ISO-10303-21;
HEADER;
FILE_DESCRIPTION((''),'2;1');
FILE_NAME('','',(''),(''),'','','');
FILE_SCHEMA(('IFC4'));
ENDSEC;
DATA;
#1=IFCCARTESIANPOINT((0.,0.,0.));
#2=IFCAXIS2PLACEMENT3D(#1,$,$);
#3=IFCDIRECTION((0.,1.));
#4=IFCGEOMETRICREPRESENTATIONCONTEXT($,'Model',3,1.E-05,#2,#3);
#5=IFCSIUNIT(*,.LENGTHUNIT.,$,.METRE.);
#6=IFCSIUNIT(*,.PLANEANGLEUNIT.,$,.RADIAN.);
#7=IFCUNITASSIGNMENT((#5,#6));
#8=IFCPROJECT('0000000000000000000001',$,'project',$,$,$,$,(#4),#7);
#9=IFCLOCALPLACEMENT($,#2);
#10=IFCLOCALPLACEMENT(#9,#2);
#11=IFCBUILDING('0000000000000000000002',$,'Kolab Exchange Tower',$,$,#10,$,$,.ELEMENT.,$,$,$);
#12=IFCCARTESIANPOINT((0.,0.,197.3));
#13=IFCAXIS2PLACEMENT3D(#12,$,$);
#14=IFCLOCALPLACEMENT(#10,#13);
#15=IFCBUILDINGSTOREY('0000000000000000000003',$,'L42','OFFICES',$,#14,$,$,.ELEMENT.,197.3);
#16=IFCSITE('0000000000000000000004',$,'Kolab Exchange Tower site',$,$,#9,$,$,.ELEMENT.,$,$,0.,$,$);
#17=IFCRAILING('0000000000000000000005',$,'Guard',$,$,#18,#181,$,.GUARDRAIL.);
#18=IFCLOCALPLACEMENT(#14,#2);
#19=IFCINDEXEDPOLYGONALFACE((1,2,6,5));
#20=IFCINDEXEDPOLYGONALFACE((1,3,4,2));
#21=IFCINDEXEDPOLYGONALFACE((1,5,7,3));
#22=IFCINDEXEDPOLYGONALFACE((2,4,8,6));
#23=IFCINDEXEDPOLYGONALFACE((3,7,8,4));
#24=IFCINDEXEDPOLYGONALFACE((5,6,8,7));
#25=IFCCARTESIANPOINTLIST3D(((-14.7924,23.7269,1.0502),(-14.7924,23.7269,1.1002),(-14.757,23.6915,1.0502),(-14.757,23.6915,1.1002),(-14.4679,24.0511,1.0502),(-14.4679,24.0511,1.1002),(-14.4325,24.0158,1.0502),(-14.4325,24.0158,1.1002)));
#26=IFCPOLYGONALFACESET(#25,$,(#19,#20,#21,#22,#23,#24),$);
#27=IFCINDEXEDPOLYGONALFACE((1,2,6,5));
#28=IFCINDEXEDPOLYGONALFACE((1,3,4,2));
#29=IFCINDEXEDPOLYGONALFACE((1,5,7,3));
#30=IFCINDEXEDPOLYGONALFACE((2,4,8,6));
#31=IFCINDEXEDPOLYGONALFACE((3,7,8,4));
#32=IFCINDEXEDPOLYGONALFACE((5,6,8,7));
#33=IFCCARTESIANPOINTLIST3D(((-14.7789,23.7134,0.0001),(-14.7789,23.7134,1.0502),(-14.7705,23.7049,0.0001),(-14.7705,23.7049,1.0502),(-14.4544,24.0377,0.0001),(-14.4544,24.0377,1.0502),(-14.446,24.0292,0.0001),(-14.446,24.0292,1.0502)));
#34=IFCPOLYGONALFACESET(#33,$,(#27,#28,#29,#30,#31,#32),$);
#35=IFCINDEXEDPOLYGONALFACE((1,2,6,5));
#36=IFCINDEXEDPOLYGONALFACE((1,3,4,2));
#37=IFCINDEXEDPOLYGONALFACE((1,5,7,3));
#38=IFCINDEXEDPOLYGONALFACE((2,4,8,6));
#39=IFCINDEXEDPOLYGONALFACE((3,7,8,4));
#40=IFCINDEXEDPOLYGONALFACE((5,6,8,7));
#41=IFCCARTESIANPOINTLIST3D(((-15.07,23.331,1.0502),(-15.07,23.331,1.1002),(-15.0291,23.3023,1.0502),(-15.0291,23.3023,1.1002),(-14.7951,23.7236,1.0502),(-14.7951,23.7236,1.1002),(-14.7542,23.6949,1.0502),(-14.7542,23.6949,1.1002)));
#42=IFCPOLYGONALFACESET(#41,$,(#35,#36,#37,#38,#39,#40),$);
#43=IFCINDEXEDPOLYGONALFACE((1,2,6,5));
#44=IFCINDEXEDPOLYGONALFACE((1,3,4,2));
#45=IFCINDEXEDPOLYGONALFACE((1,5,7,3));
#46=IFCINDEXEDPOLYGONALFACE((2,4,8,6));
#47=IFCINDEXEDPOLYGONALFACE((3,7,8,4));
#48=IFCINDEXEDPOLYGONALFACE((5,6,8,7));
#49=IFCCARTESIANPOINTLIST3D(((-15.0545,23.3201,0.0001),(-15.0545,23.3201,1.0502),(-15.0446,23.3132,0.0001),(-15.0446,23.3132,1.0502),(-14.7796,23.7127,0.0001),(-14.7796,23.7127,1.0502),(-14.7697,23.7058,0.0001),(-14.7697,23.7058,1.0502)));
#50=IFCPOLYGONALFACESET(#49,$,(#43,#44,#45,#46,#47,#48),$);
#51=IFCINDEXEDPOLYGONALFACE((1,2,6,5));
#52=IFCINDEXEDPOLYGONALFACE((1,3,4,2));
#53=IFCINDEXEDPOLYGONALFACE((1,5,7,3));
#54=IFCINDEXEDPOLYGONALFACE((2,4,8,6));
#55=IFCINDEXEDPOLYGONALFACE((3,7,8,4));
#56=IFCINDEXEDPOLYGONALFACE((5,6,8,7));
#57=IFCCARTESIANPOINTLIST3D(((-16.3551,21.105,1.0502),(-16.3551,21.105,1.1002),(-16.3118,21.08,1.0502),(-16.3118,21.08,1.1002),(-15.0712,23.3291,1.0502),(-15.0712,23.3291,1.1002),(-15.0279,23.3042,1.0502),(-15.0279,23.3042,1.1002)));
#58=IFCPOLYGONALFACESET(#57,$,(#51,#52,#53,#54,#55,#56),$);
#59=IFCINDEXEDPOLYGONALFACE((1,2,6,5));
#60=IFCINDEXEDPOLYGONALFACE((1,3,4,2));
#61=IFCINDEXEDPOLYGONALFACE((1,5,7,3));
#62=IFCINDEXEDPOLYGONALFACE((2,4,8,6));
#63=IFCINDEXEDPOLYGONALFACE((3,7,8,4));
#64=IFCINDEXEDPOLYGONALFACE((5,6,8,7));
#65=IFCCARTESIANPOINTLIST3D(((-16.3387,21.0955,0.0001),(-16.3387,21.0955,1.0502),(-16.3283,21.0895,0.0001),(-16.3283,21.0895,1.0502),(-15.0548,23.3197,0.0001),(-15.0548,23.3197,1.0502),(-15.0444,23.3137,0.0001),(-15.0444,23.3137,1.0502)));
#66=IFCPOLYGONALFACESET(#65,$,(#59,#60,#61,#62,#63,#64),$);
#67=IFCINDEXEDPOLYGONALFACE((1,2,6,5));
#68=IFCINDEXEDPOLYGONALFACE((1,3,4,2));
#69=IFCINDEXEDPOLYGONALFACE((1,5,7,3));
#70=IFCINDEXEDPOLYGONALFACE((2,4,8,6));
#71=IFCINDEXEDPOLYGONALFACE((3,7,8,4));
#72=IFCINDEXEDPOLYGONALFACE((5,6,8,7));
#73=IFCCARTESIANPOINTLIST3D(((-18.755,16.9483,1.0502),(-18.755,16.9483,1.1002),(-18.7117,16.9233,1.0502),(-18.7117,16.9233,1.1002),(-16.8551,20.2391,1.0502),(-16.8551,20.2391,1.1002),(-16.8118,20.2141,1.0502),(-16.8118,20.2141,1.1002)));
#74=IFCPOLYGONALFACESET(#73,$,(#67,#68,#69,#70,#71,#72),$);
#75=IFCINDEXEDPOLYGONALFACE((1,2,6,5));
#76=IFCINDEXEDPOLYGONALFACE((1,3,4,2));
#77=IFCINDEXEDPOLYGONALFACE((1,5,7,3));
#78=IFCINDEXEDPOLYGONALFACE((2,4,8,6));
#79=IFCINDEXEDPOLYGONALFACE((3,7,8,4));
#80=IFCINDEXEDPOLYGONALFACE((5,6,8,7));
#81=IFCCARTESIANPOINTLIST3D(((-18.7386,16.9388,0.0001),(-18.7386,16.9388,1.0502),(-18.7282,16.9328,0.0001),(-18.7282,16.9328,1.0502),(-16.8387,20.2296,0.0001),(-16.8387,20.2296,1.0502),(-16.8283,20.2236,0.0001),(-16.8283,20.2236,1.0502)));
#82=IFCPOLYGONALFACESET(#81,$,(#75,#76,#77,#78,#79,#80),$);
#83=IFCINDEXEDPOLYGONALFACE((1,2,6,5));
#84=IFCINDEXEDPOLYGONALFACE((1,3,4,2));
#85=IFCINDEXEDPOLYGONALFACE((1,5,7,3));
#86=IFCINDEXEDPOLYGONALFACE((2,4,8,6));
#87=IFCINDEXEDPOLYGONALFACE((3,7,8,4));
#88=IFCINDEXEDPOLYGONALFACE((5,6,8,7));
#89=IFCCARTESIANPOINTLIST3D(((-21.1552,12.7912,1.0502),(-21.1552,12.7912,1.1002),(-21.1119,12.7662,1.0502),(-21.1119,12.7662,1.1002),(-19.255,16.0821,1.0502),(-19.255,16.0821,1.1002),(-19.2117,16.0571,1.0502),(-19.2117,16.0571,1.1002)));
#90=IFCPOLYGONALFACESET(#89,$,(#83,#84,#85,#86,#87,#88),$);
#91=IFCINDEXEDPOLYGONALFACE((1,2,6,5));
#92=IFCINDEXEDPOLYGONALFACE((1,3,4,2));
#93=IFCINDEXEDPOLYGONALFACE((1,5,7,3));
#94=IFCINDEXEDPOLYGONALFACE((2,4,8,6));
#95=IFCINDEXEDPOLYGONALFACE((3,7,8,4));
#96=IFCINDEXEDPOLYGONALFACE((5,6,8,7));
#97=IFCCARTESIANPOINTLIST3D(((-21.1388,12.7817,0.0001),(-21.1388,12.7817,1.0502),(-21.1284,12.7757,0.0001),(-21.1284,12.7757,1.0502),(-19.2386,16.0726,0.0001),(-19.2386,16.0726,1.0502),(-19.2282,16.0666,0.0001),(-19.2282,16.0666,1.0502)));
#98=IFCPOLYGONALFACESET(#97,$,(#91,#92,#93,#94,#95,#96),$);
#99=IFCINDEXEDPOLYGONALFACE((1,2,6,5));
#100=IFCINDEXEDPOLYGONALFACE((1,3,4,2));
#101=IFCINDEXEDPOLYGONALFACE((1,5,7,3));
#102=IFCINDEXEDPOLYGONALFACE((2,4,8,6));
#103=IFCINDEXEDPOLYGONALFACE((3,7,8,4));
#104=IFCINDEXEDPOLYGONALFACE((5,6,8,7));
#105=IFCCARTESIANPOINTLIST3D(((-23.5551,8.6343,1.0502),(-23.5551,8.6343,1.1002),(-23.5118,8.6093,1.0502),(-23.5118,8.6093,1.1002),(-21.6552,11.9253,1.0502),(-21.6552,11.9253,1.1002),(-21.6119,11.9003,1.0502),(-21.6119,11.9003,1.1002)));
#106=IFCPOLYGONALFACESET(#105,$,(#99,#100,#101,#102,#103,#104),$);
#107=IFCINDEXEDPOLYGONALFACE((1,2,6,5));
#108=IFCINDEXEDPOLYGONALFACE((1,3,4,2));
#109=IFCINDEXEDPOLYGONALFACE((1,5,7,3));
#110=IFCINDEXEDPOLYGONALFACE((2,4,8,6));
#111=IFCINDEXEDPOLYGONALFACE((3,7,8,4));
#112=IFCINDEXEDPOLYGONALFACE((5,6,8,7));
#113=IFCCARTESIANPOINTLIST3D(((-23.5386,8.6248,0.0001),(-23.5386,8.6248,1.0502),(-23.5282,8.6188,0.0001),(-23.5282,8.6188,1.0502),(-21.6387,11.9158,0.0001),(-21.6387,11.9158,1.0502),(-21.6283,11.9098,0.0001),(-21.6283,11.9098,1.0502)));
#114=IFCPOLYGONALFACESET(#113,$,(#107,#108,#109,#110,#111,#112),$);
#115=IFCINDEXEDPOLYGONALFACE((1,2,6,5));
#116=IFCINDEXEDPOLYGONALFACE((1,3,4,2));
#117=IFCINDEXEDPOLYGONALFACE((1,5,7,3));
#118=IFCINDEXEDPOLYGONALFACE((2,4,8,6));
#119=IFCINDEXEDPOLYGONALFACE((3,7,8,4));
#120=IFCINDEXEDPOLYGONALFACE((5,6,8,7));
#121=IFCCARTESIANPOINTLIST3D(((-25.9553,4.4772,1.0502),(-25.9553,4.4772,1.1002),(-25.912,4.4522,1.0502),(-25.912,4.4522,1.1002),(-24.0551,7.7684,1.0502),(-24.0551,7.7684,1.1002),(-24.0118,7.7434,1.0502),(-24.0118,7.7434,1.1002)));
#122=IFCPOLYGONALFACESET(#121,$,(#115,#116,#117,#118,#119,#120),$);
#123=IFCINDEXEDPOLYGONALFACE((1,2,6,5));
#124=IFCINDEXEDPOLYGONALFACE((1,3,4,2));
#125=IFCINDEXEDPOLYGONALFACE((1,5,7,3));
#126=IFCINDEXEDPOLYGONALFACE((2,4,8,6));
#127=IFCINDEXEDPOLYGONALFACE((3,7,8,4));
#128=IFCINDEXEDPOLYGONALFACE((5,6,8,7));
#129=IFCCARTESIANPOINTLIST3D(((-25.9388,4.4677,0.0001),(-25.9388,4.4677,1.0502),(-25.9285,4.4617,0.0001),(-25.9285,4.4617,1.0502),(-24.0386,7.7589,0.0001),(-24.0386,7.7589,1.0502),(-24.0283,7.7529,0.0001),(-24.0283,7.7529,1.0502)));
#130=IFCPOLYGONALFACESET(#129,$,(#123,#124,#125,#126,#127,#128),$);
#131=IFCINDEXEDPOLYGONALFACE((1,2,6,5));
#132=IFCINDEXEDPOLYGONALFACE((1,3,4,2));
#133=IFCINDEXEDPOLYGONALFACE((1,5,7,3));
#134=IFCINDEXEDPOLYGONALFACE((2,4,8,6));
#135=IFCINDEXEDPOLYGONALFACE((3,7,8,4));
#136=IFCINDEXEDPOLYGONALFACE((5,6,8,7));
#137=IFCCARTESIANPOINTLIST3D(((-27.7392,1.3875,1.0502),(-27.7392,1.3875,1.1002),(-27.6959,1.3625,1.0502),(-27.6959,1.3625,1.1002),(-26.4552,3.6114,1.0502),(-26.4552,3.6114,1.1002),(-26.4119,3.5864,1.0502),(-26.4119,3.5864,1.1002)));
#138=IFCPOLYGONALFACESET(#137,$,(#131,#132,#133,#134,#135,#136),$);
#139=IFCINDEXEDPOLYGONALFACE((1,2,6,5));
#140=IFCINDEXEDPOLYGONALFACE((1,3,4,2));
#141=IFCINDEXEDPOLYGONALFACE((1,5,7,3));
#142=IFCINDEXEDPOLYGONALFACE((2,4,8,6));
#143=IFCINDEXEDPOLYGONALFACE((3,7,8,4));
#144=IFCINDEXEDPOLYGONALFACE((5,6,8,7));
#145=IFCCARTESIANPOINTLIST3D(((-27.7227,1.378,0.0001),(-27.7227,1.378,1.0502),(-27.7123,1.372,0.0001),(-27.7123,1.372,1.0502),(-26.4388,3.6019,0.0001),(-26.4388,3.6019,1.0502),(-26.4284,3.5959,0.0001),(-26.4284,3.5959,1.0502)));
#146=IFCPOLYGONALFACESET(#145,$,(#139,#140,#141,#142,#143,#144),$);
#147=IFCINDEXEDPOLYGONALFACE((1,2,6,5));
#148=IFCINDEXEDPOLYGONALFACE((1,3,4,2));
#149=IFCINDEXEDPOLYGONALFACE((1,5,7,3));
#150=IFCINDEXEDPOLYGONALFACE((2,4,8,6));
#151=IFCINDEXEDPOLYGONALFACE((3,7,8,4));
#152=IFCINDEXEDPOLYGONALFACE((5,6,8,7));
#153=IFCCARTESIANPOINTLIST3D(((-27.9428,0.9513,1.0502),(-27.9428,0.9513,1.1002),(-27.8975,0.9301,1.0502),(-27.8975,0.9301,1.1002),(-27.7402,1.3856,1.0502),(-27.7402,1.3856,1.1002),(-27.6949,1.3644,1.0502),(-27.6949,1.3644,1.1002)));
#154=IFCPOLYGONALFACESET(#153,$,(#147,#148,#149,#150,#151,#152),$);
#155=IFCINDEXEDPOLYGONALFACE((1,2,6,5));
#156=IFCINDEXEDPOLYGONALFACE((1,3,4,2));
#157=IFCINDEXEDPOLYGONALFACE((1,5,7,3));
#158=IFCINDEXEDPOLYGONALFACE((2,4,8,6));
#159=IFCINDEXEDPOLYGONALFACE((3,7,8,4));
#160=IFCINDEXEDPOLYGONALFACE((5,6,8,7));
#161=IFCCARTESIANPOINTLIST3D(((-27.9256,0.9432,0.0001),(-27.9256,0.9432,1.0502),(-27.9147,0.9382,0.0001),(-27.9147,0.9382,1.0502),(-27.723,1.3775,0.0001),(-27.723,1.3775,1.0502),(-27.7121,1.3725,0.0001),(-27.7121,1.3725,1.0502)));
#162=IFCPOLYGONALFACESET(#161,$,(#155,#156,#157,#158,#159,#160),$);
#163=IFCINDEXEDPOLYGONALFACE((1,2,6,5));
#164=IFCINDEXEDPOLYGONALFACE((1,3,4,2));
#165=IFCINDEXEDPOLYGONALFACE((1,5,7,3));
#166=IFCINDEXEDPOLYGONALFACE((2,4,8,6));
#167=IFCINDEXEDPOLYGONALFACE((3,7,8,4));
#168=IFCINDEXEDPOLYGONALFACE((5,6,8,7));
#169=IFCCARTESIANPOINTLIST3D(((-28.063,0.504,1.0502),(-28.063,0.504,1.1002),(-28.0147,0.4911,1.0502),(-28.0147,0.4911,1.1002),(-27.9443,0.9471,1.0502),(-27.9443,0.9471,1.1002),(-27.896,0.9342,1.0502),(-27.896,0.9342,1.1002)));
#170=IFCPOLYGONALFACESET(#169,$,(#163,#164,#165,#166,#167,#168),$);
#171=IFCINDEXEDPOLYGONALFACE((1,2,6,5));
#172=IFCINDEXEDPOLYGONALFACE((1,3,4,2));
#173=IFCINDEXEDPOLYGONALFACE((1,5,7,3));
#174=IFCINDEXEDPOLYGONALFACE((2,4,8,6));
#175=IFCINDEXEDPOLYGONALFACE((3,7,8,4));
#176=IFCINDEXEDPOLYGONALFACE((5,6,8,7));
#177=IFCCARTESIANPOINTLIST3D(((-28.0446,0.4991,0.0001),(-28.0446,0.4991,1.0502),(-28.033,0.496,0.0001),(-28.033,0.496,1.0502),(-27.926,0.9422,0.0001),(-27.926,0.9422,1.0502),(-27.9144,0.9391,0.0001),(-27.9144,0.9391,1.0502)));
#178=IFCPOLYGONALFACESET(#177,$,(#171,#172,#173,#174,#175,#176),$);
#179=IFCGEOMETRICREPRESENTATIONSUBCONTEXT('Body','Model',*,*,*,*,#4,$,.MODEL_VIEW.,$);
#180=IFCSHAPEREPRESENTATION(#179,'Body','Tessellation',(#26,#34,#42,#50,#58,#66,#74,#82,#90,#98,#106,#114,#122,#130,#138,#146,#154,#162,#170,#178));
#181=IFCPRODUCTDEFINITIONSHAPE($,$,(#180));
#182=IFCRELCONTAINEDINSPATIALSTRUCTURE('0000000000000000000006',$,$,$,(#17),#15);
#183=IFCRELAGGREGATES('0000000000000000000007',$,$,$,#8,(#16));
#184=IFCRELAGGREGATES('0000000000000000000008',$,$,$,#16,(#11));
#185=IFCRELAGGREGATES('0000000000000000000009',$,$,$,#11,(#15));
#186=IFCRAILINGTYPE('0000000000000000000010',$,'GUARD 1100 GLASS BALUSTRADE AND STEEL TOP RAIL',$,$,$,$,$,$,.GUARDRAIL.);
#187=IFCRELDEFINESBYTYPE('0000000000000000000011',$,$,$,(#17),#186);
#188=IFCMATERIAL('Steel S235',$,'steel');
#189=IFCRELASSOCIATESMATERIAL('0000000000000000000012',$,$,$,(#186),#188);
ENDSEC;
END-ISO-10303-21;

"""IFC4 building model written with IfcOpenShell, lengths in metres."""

from ifc_helpers import new_model, si_unit, direction, frame, frame_2d, origin, origin_2d, place, context, subcontext, project, spatial, rectangle, extrude, material, type_object, element, save


model = new_model("IFC4")

# Units and contexts
model_context = context("Model", 3, precision=1e-05, world=origin(), true_north=direction((0.0, 1.0)))
body_context = subcontext(model_context, "Body", "Model", "MODEL_VIEW")
ifc_project = project(units=[si_unit("LENGTHUNIT", "METRE"), si_unit("PLANEANGLEUNIT", "RADIAN")], contexts=[model_context])

# Site, building, storey
site_placement = place(None, origin())
site = spatial("IfcSite", under=ifc_project, at=site_placement, Name="Kolab Exchange Tower site", CompositionType="ELEMENT", RefElevation=0.0)
building_placement = place(site_placement, origin())
building = spatial("IfcBuilding", under=site, at=building_placement, Name="Kolab Exchange Tower", CompositionType="ELEMENT")
storey_placement = place(building_placement, frame((0.0, 0.0, 197.3)))
storey = spatial("IfcBuildingStorey", under=building, at=storey_placement, Name="L42", Description="OFFICES", CompositionType="ELEMENT", Elevation=197.3)

# Railing
ifc_material_1 = material(Name="Steel S235", Category="steel")
railing_type = type_object("IfcRailingType", Name="GUARD 1100 GLASS BALUSTRADE AND STEEL TOP RAIL", PredefinedType="GUARDRAIL", material=ifc_material_1)
railing_placement = place(storey_placement, frame((-14.4502, 24.0334, 0.0)))
element("IfcRailing", 1, at=railing_placement, inside=storey, type_object=railing_type, Name="Guard", PredefinedType="GUARDRAIL", context=body_context, shape_type="SweptSolid", body=[
    extrude(rectangle(XDim=0.05, YDim=0.05, at=origin_2d()), frame((0.0, 0.0, 1.0752), z_axis=(-0.707373, -0.706841, 0.0), x_axis=(0.706841, -0.707373, 0.0)), (0.0, 0.0, 1.0), 0.4587),
    extrude(rectangle(XDim=0.012, YDim=1.0501, at=frame_2d((0.0, 0.5251))), frame((0.0, 0.0, 0.0), z_axis=(-0.707373, -0.706841, 0.0), x_axis=(0.706841, -0.707373, 0.0)), (0.0, 0.0, 1.0), 0.4587),
    extrude(rectangle(XDim=0.05, YDim=0.05, at=origin_2d()), frame((-0.3245, -0.3242, 1.0752), z_axis=(-0.573599, -0.819136, 0.0), x_axis=(0.819136, -0.573599, 0.0)), (0.0, 0.0, 1.0), 0.4792),
    extrude(rectangle(XDim=0.012, YDim=1.0501, at=frame_2d((0.0, 0.5251))), frame((-0.3245, -0.3242, 0.0), z_axis=(-0.573599, -0.819136, 0.0), x_axis=(0.819136, -0.573599, 0.0)), (0.0, 0.0, 1.0), 0.4792),
    extrude(rectangle(XDim=0.05, YDim=0.05, at=origin_2d()), frame((-0.5994, -0.7168, 1.0752), z_axis=(-0.499953, -0.866053, 0.0), x_axis=(0.866053, -0.499953, 0.0)), (0.0, 0.0, 1.0), 2.5681),
    extrude(rectangle(XDim=0.012, YDim=1.0501, at=frame_2d((0.0, 0.5251))), frame((-0.5994, -0.7168, 0.0), z_axis=(-0.499953, -0.866053, 0.0), x_axis=(0.866053, -0.499953, 0.0)), (0.0, 0.0, 1.0), 2.5681),
    extrude(rectangle(XDim=0.05, YDim=0.05, at=origin_2d()), frame((-2.3833, -3.8069, 1.0752), z_axis=(-0.499995, -0.866028, 0.0), x_axis=(0.866028, -0.499995, 0.0)), (0.0, 0.0, 1.0), 3.7998),
    extrude(rectangle(XDim=0.012, YDim=1.0501, at=frame_2d((0.0, 0.5251))), frame((-2.3833, -3.8069, 0.0), z_axis=(-0.499995, -0.866028, 0.0), x_axis=(0.866028, -0.499995, 0.0)), (0.0, 0.0, 1.0), 3.7998),
    extrude(rectangle(XDim=0.05, YDim=0.05, at=origin_2d()), frame((-4.7832, -7.9639, 1.0752), z_axis=(-0.500043, -0.866, 0.0), x_axis=(0.866, -0.500043, 0.0)), (0.0, 0.0, 1.0), 3.8),
    extrude(rectangle(XDim=0.012, YDim=1.0501, at=frame_2d((0.0, 0.5251))), frame((-4.7832, -7.9639, 0.0), z_axis=(-0.500043, -0.866, 0.0), x_axis=(0.866, -0.500043, 0.0)), (0.0, 0.0, 1.0), 3.8),
    extrude(rectangle(XDim=0.05, YDim=0.05, at=origin_2d()), frame((-7.1833, -12.1206, 1.0752), z_axis=(-0.499967, -0.866044, 0.0), x_axis=(0.866044, -0.499967, 0.0)), (0.0, 0.0, 1.0), 3.8),
    extrude(rectangle(XDim=0.012, YDim=1.0501, at=frame_2d((0.0, 0.5251))), frame((-7.1833, -12.1206, 0.0), z_axis=(-0.499967, -0.866044, 0.0), x_axis=(0.866044, -0.499967, 0.0)), (0.0, 0.0, 1.0), 3.8),
    extrude(rectangle(XDim=0.05, YDim=0.05, at=origin_2d()), frame((-9.5833, -16.2776, 1.0752), z_axis=(-0.500015, -0.866017, 0.0), x_axis=(0.866017, -0.500015, 0.0)), (0.0, 0.0, 1.0), 3.8003),
    extrude(rectangle(XDim=0.012, YDim=1.0501, at=frame_2d((0.0, 0.5251))), frame((-9.5833, -16.2776, 0.0), z_axis=(-0.500015, -0.866017, 0.0), x_axis=(0.866017, -0.500015, 0.0)), (0.0, 0.0, 1.0), 3.8003),
    extrude(rectangle(XDim=0.05, YDim=0.05, at=origin_2d()), frame((-11.9834, -20.4346, 1.0752), z_axis=(-0.499994, -0.866029, 0.0), x_axis=(0.866029, -0.499994, 0.0)), (0.0, 0.0, 1.0), 2.5679),
    extrude(rectangle(XDim=0.012, YDim=1.0501, at=frame_2d((0.0, 0.5251))), frame((-11.9834, -20.4346, 0.0), z_axis=(-0.499994, -0.866029, 0.0), x_axis=(0.866029, -0.499994, 0.0)), (0.0, 0.0, 1.0), 2.5679),
    extrude(rectangle(XDim=0.05, YDim=0.05, at=origin_2d()), frame((-13.2673, -22.6584, 1.0752), z_axis=(-0.422802, -0.906222, 0.0), x_axis=(0.906222, -0.422802, 0.0)), (0.0, 0.0, 1.0), 0.4792),
    extrude(rectangle(XDim=0.012, YDim=1.0501, at=frame_2d((0.0, 0.5251))), frame((-13.2673, -22.6584, 0.0), z_axis=(-0.422802, -0.906222, 0.0), x_axis=(0.906222, -0.422802, 0.0)), (0.0, 0.0, 1.0), 0.4792),
    extrude(rectangle(XDim=0.05, YDim=0.05, at=origin_2d()), frame((-13.47, -23.0928, 1.0752), z_axis=(-0.258656, -0.965969, 0.0), x_axis=(0.965969, -0.258656, 0.0)), (0.0, 0.0, 1.0), 0.4587),
    extrude(rectangle(XDim=0.012, YDim=1.0501, at=frame_2d((0.0, 0.5251))), frame((-13.47, -23.0928, 0.0), z_axis=(-0.258656, -0.965969, 0.0), x_axis=(0.965969, -0.258656, 0.0)), (0.0, 0.0, 1.0), 0.4587),
])

save(model, "model.ifc")
